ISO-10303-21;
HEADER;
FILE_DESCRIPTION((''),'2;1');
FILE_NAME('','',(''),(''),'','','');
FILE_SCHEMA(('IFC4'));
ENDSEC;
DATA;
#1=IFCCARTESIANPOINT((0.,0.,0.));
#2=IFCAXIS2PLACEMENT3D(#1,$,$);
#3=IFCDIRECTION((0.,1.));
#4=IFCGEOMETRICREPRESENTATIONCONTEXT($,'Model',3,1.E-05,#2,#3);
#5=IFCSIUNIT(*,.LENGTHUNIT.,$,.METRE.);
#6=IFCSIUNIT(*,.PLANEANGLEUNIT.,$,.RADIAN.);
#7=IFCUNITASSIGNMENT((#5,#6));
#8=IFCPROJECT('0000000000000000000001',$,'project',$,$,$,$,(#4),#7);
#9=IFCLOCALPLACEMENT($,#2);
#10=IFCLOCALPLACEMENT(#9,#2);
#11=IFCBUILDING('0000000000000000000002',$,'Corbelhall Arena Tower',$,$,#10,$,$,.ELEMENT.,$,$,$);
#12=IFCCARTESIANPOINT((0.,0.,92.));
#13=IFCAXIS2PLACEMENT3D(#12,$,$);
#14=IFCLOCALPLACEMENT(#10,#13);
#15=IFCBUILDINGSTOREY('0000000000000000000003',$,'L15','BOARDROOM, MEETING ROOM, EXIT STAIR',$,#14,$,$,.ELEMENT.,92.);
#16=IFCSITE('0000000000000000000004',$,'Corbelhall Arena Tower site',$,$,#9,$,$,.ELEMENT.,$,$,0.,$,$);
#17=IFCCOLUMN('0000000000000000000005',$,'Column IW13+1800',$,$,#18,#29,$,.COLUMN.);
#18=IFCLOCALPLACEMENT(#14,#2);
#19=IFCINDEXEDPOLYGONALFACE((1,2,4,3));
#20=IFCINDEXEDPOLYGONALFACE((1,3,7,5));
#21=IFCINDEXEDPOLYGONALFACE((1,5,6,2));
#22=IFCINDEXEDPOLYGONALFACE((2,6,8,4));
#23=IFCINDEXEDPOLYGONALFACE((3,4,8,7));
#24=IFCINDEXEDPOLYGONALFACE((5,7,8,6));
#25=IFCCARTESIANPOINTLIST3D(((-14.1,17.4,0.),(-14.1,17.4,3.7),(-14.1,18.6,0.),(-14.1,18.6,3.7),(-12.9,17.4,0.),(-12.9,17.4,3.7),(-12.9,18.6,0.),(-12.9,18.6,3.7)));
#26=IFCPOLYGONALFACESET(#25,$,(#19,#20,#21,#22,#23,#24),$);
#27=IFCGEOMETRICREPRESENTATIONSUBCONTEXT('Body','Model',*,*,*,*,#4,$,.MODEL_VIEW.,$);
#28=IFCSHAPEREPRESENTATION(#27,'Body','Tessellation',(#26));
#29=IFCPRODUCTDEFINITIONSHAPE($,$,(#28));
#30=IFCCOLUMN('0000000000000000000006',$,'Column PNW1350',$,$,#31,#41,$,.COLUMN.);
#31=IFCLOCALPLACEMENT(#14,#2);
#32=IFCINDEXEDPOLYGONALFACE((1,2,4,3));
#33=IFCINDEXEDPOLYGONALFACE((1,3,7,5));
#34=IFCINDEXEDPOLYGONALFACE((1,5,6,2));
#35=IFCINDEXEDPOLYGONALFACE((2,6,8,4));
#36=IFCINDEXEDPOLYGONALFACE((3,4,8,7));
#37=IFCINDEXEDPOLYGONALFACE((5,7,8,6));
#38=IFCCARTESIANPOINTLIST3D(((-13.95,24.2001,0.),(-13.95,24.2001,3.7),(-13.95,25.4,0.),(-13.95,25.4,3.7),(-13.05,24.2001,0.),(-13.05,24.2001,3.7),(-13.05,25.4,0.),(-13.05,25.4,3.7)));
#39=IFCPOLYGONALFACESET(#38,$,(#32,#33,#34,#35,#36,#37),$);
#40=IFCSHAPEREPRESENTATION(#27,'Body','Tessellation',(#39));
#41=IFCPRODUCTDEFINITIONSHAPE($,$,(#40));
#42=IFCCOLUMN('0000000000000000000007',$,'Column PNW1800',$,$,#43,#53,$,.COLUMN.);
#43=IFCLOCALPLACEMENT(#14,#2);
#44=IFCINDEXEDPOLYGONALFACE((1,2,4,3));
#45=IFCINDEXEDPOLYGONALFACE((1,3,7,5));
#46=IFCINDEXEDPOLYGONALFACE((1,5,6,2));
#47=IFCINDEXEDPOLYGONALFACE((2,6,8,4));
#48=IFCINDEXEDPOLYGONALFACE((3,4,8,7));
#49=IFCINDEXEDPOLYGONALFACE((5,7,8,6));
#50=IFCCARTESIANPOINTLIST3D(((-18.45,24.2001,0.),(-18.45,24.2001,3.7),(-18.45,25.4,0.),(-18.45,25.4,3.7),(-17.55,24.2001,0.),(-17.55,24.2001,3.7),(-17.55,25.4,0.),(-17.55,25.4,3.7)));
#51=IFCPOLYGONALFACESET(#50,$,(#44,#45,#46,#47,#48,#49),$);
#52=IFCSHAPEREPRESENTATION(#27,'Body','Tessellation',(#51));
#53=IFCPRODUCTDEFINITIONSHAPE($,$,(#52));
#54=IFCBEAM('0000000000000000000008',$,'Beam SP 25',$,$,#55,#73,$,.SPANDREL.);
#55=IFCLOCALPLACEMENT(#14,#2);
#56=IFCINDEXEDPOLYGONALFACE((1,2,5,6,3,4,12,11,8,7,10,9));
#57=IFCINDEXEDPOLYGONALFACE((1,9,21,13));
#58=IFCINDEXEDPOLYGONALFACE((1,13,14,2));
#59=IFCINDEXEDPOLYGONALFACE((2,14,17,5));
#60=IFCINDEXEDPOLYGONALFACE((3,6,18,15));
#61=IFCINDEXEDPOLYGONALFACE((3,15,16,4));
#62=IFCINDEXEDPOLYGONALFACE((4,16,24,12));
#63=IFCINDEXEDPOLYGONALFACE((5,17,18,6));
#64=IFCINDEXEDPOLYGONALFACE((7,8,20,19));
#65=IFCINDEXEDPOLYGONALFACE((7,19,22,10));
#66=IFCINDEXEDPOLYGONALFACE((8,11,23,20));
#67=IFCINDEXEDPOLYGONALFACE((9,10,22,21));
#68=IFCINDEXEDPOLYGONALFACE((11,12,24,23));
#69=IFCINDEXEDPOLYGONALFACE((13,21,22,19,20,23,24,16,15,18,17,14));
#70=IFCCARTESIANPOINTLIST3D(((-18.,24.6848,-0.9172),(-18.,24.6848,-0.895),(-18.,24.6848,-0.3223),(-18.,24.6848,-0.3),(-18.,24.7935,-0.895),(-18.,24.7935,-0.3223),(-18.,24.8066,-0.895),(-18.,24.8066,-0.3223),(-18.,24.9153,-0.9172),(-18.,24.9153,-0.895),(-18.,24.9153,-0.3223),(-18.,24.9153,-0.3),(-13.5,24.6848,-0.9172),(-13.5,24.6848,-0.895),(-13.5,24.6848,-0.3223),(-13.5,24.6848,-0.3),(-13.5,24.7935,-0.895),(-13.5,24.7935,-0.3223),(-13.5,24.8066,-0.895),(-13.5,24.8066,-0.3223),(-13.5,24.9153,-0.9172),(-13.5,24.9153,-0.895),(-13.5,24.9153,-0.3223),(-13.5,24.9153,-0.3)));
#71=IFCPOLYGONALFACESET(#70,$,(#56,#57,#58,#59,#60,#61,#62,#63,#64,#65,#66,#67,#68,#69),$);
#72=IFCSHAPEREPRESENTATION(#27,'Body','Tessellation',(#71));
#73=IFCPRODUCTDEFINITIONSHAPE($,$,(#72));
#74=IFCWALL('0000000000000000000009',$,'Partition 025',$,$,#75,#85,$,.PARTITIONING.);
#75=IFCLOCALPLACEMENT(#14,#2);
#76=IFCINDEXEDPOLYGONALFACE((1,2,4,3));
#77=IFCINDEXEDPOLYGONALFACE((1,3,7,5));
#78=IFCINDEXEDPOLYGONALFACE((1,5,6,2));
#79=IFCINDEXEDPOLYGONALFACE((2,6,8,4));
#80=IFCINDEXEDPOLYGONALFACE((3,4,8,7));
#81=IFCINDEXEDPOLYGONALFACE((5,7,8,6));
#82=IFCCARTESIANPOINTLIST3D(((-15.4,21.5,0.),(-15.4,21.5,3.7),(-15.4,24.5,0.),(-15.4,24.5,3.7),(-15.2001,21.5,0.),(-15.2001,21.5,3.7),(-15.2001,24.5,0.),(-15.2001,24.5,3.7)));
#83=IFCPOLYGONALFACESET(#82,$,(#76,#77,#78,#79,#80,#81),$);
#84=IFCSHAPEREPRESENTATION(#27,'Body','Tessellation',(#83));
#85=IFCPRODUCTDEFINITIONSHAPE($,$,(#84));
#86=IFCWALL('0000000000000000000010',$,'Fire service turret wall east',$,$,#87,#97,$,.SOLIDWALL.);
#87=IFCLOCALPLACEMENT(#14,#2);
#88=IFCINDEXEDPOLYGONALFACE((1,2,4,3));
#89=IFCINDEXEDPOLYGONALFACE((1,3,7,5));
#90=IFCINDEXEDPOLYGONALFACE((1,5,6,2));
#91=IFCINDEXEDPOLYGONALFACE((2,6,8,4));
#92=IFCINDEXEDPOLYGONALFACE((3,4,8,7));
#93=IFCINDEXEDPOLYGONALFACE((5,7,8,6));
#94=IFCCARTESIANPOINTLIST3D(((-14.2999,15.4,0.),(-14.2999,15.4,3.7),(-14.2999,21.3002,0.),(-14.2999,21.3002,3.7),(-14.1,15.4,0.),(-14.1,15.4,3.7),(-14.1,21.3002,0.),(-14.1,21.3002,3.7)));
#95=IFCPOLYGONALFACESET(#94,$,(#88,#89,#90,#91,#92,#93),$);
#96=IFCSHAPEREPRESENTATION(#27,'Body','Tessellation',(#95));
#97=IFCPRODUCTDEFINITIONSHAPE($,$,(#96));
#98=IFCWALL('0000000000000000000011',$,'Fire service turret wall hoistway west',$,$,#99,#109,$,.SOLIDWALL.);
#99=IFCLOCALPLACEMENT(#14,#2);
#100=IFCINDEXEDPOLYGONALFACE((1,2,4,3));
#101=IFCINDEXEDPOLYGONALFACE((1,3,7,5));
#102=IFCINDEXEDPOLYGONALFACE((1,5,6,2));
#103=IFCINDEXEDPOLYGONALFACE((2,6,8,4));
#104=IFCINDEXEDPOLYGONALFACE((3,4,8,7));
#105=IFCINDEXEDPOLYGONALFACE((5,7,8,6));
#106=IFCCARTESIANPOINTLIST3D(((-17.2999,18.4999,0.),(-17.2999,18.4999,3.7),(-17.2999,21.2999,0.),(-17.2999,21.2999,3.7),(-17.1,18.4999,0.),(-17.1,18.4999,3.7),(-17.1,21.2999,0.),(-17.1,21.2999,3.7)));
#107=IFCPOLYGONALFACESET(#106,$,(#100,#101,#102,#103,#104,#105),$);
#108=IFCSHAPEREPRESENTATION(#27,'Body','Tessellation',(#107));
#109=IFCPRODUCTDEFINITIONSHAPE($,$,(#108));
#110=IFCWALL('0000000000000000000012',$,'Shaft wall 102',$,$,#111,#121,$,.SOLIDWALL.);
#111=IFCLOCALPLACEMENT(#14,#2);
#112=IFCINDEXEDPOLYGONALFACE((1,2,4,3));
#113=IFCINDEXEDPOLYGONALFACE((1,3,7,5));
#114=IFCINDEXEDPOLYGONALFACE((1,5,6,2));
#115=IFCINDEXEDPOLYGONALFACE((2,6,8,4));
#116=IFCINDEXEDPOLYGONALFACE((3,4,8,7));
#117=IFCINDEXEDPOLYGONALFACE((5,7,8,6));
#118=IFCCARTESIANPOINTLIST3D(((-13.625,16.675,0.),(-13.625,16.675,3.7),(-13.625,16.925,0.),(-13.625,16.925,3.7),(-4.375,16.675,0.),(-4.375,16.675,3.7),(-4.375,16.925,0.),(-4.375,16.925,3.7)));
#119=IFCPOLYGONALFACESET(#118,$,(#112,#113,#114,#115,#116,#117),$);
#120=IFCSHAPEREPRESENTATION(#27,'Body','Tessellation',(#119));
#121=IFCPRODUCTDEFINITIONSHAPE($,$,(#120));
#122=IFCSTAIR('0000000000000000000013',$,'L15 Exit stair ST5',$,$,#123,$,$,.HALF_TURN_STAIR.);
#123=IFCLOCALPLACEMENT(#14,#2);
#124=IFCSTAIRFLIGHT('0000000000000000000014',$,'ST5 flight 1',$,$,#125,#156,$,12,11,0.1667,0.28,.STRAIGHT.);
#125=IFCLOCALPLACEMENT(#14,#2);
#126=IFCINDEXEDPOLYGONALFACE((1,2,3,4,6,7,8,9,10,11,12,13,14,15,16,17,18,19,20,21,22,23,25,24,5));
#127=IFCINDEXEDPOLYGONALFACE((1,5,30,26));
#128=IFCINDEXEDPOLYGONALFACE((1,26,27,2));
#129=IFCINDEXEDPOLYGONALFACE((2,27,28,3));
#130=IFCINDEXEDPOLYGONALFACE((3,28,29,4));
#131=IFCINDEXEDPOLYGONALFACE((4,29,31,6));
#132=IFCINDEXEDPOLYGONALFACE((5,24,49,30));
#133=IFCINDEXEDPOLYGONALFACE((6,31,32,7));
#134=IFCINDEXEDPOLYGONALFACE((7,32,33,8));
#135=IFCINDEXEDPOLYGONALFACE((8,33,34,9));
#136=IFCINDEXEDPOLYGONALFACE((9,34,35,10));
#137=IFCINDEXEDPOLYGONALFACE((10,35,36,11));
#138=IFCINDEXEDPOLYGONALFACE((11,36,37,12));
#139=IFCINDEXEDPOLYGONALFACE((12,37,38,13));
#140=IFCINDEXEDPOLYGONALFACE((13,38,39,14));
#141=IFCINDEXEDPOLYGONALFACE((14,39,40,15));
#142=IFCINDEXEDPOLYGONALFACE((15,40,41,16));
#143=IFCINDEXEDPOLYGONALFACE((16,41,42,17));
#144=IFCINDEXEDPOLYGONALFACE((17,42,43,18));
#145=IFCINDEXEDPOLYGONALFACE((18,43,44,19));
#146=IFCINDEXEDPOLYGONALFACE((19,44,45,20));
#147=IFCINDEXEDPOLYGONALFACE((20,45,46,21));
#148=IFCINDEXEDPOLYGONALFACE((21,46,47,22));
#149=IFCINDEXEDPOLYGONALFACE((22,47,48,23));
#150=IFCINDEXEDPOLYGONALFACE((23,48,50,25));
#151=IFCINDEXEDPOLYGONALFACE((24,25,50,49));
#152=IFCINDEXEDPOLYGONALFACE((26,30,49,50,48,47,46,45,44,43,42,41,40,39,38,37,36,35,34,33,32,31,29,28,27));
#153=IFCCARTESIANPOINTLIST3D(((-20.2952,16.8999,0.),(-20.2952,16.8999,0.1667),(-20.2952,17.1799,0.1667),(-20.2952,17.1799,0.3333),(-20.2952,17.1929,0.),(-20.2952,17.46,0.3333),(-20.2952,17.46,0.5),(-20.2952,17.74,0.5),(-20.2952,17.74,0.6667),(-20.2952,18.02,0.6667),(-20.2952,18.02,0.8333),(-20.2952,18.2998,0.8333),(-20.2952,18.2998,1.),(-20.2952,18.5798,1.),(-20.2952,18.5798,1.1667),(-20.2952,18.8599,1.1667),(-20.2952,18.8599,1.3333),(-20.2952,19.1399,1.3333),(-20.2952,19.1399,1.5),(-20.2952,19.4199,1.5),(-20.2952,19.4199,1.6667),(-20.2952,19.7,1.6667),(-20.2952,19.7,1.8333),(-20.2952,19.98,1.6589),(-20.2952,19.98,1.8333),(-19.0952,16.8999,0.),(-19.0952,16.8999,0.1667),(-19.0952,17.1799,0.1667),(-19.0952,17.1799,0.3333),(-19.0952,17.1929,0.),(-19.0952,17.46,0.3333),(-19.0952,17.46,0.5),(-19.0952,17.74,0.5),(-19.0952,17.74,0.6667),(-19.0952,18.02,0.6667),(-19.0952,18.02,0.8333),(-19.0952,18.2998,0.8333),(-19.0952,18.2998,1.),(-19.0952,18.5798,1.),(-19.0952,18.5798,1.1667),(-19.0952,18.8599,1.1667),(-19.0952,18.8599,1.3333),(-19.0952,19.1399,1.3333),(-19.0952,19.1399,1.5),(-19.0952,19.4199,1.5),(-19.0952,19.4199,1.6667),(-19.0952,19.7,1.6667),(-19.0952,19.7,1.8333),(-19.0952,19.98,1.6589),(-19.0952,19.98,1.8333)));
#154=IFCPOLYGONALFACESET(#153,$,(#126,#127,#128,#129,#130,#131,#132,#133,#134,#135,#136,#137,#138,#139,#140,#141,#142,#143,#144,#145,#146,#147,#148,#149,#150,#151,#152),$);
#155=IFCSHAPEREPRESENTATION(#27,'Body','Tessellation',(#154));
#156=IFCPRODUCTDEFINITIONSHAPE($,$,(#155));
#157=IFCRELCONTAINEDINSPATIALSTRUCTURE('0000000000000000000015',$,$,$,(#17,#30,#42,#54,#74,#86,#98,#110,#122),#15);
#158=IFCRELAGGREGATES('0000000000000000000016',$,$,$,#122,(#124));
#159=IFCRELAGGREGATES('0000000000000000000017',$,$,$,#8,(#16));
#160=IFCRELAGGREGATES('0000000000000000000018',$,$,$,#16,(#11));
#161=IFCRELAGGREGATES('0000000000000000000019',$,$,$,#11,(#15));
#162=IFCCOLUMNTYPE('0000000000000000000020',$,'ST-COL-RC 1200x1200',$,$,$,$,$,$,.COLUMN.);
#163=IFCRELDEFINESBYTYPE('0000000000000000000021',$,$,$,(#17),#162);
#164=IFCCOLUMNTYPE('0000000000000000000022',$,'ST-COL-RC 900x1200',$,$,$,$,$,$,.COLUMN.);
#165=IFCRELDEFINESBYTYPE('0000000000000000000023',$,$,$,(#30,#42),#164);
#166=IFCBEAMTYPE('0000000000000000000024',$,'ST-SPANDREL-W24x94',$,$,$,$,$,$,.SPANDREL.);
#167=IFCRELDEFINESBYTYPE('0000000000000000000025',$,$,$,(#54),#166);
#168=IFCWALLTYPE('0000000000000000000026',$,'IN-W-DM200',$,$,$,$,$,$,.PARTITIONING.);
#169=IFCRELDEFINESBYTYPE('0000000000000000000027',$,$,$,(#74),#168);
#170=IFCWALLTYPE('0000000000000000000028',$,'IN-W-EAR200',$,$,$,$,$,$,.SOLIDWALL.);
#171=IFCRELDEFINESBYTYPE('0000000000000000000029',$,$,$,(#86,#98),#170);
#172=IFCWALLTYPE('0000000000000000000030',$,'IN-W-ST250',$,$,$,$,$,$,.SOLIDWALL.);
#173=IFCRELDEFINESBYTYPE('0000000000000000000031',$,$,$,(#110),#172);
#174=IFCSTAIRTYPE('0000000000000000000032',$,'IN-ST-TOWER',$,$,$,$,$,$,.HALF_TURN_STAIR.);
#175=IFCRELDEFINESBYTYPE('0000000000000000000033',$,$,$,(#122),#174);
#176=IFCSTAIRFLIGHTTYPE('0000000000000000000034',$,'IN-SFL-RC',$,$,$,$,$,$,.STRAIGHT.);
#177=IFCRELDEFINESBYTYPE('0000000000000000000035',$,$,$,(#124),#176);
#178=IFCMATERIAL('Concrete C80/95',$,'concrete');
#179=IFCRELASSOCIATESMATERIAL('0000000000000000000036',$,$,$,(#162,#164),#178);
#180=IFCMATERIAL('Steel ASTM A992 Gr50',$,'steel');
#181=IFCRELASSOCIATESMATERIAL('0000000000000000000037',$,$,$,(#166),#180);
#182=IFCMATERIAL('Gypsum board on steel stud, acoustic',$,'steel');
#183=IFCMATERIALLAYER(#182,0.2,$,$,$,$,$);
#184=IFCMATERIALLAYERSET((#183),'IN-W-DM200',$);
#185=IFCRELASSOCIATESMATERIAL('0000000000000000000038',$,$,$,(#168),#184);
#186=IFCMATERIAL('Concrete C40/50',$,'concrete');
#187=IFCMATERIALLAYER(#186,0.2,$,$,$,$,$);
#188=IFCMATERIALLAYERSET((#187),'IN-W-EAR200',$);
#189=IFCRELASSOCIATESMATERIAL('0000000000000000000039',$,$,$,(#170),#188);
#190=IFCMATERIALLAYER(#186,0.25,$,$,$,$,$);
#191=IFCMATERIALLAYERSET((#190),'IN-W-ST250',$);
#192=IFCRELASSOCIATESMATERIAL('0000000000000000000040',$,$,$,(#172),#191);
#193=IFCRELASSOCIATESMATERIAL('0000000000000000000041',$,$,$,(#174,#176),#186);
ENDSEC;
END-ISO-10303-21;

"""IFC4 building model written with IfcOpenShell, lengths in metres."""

from ifc_helpers import new_model, si_unit, direction, frame, frame_2d, origin, origin_2d, place, context, subcontext, project, spatial, polyline, rectangle, i_section, outline, extrude, material, layer, layer_set, material_profile, profile_set, type_object, element, aggregate, save


model = new_model("IFC4")

# Units and contexts
model_context = context("Model", 3, precision=1e-05, world=origin(), true_north=direction((0.0, 1.0)))
body_context = subcontext(model_context, "Body", "Model", "MODEL_VIEW")
ifc_project = project(units=[si_unit("LENGTHUNIT", "METRE"), si_unit("PLANEANGLEUNIT", "RADIAN")], contexts=[model_context])

# Site, building, storey
site_placement = place(None, origin())
site = spatial("IfcSite", under=ifc_project, at=site_placement, Name="Corbelhall Arena Tower site", CompositionType="ELEMENT", RefElevation=0.0)
building_placement = place(site_placement, origin())
building = spatial("IfcBuilding", under=site, at=building_placement, Name="Corbelhall Arena Tower", CompositionType="ELEMENT")
storey_placement = place(building_placement, frame((0.0, 0.0, 92.0)))
storey = spatial("IfcBuildingStorey", under=building, at=storey_placement, Name="L15", Description="BOARDROOM, MEETING ROOM, EXIT STAIR", CompositionType="ELEMENT", Elevation=92.0)

# Columns
ifc_material_1 = material(Name="Concrete C80/95", Category="concrete")
ifc_material_profile_1 = material_profile(ifc_material_1, rectangle(XDim=1.2, YDim=1.2, at=origin_2d()))
ifc_profile_set_1 = profile_set([ifc_material_profile_1], Name="Concrete C80/95")
column_type_1 = type_object("IfcColumnType", Name="ST-COL-RC 1200x1200", PredefinedType="COLUMN", material=ifc_profile_set_1)
column_placement = place(storey_placement, frame((-13.5, 18.0, 0.0), z_axis=(0.0, 0.0, 1.0), x_axis=(1.0, 0.0, 0.0)))
element("IfcColumn", 1, at=column_placement, inside=storey, type_object=column_type_1, Name="Column IW13+1800", PredefinedType="COLUMN", context=body_context, shape_type="SweptSolid", body=[
    extrude(rectangle(XDim=1.2, YDim=1.2, at=origin_2d()), origin(), (0.0, 0.0, 1.0), 3.7),
])
ifc_material_profile_2 = material_profile(ifc_material_1, rectangle(XDim=0.8999, YDim=1.2, at=origin_2d()))
ifc_profile_set_2 = profile_set([ifc_material_profile_2], Name="Concrete C80/95")
column_type_2 = type_object("IfcColumnType", Name="ST-COL-RC 900x1200", PredefinedType="COLUMN", material=ifc_profile_set_2)
for number, where, z_axis, x_axis, name in (
    (2, (-13.5, 24.8, 0.0), (0.0, 0.0, 1.0), (1.0, 0.0, 0.0), "Column PNW1350"),
    (3, (-18.0, 24.8, 0.0), (0.0, 0.0, 1.0), (1.0, 0.0, 0.0), "Column PNW1800"),
):
    element("IfcColumn", number, at=place(storey_placement, frame(where, z_axis=z_axis, x_axis=x_axis)), inside=storey, type_object=column_type_2, Name=name, PredefinedType="COLUMN", context=body_context, shape_type="SweptSolid", body=[
        extrude(rectangle(XDim=0.8999, YDim=1.2, at=origin_2d()), origin(), (0.0, 0.0, 1.0), 3.7),
    ])

# Beam
ifc_material_2 = material(Name="Steel ASTM A992 Gr50", Category="steel")
ifc_material_profile_3 = material_profile(ifc_material_2, i_section(OverallWidth=0.2305, OverallDepth=0.6172, WebThickness=0.0132, FlangeThickness=0.0222, at=origin_2d()))
ifc_profile_set_3 = profile_set([ifc_material_profile_3], Name="Steel ASTM A992 Gr50")
beam_type = type_object("IfcBeamType", Name="ST-SPANDREL-W24x94", PredefinedType="SPANDREL", material=ifc_profile_set_3)
beam_placement = place(storey_placement, frame((-18.0, 24.8, -0.6086), z_axis=(1.0, 0.0, 0.0), x_axis=(0.0, 1.0, 0.0)))
element("IfcBeam", 4, at=beam_placement, inside=storey, type_object=beam_type, Name="Beam SP 25", PredefinedType="SPANDREL", context=body_context, shape_type="SweptSolid", body=[
    extrude(i_section(OverallWidth=0.2305, OverallDepth=0.6172, WebThickness=0.0132, FlangeThickness=0.0222, at=origin_2d()), origin(), (0.0, 0.0, 1.0), 4.5),
])

# Walls
ifc_material_3 = material(Name="Gypsum board on steel stud, acoustic", Category="steel")
ifc_layer_1 = layer(ifc_material_3, 0.2)
ifc_layer_set_1 = layer_set([ifc_layer_1], Name="IN-W-DM200")
wall_type_1 = type_object("IfcWallType", Name="IN-W-DM200", PredefinedType="PARTITIONING", material=ifc_layer_set_1)
wall_1_placement = place(storey_placement, frame((-15.3, 24.5, 0.0), z_axis=(0.0, 0.0, 1.0), x_axis=(0.0, -1.0, 0.0)))
element("IfcWall", 5, at=wall_1_placement, inside=storey, type_object=wall_type_1, Name="Partition 025", PredefinedType="PARTITIONING", context=body_context, shape_type="SweptSolid", body=[
    extrude(rectangle(XDim=3.0, YDim=0.2, at=frame_2d((1.5, 0.0))), origin(), (0.0, 0.0, 1.0), 3.7),
])
ifc_material_4 = material(Name="Concrete C40/50", Category="concrete")
ifc_layer_2 = layer(ifc_material_4, 0.2)
ifc_layer_set_2 = layer_set([ifc_layer_2], Name="IN-W-EAR200")
wall_type_2 = type_object("IfcWallType", Name="IN-W-EAR200", PredefinedType="SOLIDWALL", material=ifc_layer_set_2)
wall_2_placement = place(storey_placement, frame((-14.2, 15.3999, 0.0), z_axis=(0.0, 0.0, 1.0), x_axis=(0.0, 1.0, 0.0)))
element("IfcWall", 6, at=wall_2_placement, inside=storey, type_object=wall_type_2, Name="Fire service turret wall east", PredefinedType="SOLIDWALL", context=body_context, shape_type="SweptSolid", body=[
    extrude(rectangle(XDim=5.9001, YDim=0.2, at=frame_2d((2.9502, 0.0))), origin(), (0.0, 0.0, 1.0), 3.7),
])
wall_3_placement = place(storey_placement, frame((-17.2, 18.5, 0.0), z_axis=(0.0, 0.0, 1.0), x_axis=(0.0, 1.0, 0.0)))
element("IfcWall", 7, at=wall_3_placement, inside=storey, type_object=wall_type_2, Name="Fire service turret wall hoistway west", PredefinedType="SOLIDWALL", context=body_context, shape_type="SweptSolid", body=[
    extrude(rectangle(XDim=2.8, YDim=0.2, at=frame_2d((1.3999, 0.0))), origin(), (0.0, 0.0, 1.0), 3.7),
])

# Wall
ifc_layer_3 = layer(ifc_material_4, 0.25)
ifc_layer_set_3 = layer_set([ifc_layer_3], Name="IN-W-ST250")
wall_type_3 = type_object("IfcWallType", Name="IN-W-ST250", PredefinedType="SOLIDWALL", material=ifc_layer_set_3)
wall_4_placement = place(storey_placement, frame((-13.625, 16.8, 0.0), z_axis=(0.0, 0.0, 1.0), x_axis=(1.0, 0.0, 0.0)))
element("IfcWall", 8, at=wall_4_placement, inside=storey, type_object=wall_type_3, Name="Shaft wall 102", PredefinedType="SOLIDWALL", context=body_context, shape_type="SweptSolid", body=[
    extrude(rectangle(XDim=9.25, YDim=0.25, at=frame_2d((4.625, 0.0))), origin(), (0.0, 0.0, 1.0), 3.7),
])

# Stair, stair flight
stair_type = type_object("IfcStairType", Name="IN-ST-TOWER", PredefinedType="HALF_TURN_STAIR", material=ifc_material_4)
stair_placement = place(storey_placement, origin())
stair = element("IfcStair", 9, at=stair_placement, inside=storey, type_object=stair_type, Name="L15 Exit stair ST5", PredefinedType="HALF_TURN_STAIR")
stair_flight_type = type_object("IfcStairFlightType", Name="IN-SFL-RC", PredefinedType="STRAIGHT", material=ifc_material_4)
stair_flight_placement = place(storey_placement, frame((-19.6951, 16.8999, 0.0), z_axis=(0.0, 0.0, 1.0), x_axis=(0.0, 1.0, 0.0)))
stair_flight = element("IfcStairFlight", 10, at=stair_flight_placement, type_object=stair_flight_type, Name="ST5 flight 1", NumberOfRisers=12, NumberOfTreads=11, PredefinedType="STRAIGHT", RiserHeight=0.1667, TreadLength=0.28, context=body_context, shape_type="SweptSolid", body=[
    extrude(outline(polyline([(0.0, 0.0), (0.0, 0.1667), (0.28, 0.1667), (0.28, 0.3333), (0.5601, 0.3333), (0.5601, 0.5), (0.8401, 0.5), (0.8401, 0.6667), (1.1201, 0.6667), (1.1201, 0.8333), (1.3999, 0.8333), (1.3999, 1.0), (1.6799, 1.0), (1.6799, 1.1667), (1.96, 1.1667), (1.96, 1.3333), (2.24, 1.3333), (2.24, 1.5), (2.52, 1.5), (2.52, 1.6667), (2.8, 1.6667), (2.8, 1.8333), (3.0801, 1.8333), (3.0801, 2.0), (3.0801, 1.6589), (0.293, 0.0), (0.0, 0.0)])), frame((0.0, 0.6001, 0.0), z_axis=(0.0, -1.0, 0.0), x_axis=(1.0, 0.0, 0.0)), (0.0, 0.0, 1.0), 1.2),
])
aggregate(stair, [stair_flight])

save(model, "model.ifc")
